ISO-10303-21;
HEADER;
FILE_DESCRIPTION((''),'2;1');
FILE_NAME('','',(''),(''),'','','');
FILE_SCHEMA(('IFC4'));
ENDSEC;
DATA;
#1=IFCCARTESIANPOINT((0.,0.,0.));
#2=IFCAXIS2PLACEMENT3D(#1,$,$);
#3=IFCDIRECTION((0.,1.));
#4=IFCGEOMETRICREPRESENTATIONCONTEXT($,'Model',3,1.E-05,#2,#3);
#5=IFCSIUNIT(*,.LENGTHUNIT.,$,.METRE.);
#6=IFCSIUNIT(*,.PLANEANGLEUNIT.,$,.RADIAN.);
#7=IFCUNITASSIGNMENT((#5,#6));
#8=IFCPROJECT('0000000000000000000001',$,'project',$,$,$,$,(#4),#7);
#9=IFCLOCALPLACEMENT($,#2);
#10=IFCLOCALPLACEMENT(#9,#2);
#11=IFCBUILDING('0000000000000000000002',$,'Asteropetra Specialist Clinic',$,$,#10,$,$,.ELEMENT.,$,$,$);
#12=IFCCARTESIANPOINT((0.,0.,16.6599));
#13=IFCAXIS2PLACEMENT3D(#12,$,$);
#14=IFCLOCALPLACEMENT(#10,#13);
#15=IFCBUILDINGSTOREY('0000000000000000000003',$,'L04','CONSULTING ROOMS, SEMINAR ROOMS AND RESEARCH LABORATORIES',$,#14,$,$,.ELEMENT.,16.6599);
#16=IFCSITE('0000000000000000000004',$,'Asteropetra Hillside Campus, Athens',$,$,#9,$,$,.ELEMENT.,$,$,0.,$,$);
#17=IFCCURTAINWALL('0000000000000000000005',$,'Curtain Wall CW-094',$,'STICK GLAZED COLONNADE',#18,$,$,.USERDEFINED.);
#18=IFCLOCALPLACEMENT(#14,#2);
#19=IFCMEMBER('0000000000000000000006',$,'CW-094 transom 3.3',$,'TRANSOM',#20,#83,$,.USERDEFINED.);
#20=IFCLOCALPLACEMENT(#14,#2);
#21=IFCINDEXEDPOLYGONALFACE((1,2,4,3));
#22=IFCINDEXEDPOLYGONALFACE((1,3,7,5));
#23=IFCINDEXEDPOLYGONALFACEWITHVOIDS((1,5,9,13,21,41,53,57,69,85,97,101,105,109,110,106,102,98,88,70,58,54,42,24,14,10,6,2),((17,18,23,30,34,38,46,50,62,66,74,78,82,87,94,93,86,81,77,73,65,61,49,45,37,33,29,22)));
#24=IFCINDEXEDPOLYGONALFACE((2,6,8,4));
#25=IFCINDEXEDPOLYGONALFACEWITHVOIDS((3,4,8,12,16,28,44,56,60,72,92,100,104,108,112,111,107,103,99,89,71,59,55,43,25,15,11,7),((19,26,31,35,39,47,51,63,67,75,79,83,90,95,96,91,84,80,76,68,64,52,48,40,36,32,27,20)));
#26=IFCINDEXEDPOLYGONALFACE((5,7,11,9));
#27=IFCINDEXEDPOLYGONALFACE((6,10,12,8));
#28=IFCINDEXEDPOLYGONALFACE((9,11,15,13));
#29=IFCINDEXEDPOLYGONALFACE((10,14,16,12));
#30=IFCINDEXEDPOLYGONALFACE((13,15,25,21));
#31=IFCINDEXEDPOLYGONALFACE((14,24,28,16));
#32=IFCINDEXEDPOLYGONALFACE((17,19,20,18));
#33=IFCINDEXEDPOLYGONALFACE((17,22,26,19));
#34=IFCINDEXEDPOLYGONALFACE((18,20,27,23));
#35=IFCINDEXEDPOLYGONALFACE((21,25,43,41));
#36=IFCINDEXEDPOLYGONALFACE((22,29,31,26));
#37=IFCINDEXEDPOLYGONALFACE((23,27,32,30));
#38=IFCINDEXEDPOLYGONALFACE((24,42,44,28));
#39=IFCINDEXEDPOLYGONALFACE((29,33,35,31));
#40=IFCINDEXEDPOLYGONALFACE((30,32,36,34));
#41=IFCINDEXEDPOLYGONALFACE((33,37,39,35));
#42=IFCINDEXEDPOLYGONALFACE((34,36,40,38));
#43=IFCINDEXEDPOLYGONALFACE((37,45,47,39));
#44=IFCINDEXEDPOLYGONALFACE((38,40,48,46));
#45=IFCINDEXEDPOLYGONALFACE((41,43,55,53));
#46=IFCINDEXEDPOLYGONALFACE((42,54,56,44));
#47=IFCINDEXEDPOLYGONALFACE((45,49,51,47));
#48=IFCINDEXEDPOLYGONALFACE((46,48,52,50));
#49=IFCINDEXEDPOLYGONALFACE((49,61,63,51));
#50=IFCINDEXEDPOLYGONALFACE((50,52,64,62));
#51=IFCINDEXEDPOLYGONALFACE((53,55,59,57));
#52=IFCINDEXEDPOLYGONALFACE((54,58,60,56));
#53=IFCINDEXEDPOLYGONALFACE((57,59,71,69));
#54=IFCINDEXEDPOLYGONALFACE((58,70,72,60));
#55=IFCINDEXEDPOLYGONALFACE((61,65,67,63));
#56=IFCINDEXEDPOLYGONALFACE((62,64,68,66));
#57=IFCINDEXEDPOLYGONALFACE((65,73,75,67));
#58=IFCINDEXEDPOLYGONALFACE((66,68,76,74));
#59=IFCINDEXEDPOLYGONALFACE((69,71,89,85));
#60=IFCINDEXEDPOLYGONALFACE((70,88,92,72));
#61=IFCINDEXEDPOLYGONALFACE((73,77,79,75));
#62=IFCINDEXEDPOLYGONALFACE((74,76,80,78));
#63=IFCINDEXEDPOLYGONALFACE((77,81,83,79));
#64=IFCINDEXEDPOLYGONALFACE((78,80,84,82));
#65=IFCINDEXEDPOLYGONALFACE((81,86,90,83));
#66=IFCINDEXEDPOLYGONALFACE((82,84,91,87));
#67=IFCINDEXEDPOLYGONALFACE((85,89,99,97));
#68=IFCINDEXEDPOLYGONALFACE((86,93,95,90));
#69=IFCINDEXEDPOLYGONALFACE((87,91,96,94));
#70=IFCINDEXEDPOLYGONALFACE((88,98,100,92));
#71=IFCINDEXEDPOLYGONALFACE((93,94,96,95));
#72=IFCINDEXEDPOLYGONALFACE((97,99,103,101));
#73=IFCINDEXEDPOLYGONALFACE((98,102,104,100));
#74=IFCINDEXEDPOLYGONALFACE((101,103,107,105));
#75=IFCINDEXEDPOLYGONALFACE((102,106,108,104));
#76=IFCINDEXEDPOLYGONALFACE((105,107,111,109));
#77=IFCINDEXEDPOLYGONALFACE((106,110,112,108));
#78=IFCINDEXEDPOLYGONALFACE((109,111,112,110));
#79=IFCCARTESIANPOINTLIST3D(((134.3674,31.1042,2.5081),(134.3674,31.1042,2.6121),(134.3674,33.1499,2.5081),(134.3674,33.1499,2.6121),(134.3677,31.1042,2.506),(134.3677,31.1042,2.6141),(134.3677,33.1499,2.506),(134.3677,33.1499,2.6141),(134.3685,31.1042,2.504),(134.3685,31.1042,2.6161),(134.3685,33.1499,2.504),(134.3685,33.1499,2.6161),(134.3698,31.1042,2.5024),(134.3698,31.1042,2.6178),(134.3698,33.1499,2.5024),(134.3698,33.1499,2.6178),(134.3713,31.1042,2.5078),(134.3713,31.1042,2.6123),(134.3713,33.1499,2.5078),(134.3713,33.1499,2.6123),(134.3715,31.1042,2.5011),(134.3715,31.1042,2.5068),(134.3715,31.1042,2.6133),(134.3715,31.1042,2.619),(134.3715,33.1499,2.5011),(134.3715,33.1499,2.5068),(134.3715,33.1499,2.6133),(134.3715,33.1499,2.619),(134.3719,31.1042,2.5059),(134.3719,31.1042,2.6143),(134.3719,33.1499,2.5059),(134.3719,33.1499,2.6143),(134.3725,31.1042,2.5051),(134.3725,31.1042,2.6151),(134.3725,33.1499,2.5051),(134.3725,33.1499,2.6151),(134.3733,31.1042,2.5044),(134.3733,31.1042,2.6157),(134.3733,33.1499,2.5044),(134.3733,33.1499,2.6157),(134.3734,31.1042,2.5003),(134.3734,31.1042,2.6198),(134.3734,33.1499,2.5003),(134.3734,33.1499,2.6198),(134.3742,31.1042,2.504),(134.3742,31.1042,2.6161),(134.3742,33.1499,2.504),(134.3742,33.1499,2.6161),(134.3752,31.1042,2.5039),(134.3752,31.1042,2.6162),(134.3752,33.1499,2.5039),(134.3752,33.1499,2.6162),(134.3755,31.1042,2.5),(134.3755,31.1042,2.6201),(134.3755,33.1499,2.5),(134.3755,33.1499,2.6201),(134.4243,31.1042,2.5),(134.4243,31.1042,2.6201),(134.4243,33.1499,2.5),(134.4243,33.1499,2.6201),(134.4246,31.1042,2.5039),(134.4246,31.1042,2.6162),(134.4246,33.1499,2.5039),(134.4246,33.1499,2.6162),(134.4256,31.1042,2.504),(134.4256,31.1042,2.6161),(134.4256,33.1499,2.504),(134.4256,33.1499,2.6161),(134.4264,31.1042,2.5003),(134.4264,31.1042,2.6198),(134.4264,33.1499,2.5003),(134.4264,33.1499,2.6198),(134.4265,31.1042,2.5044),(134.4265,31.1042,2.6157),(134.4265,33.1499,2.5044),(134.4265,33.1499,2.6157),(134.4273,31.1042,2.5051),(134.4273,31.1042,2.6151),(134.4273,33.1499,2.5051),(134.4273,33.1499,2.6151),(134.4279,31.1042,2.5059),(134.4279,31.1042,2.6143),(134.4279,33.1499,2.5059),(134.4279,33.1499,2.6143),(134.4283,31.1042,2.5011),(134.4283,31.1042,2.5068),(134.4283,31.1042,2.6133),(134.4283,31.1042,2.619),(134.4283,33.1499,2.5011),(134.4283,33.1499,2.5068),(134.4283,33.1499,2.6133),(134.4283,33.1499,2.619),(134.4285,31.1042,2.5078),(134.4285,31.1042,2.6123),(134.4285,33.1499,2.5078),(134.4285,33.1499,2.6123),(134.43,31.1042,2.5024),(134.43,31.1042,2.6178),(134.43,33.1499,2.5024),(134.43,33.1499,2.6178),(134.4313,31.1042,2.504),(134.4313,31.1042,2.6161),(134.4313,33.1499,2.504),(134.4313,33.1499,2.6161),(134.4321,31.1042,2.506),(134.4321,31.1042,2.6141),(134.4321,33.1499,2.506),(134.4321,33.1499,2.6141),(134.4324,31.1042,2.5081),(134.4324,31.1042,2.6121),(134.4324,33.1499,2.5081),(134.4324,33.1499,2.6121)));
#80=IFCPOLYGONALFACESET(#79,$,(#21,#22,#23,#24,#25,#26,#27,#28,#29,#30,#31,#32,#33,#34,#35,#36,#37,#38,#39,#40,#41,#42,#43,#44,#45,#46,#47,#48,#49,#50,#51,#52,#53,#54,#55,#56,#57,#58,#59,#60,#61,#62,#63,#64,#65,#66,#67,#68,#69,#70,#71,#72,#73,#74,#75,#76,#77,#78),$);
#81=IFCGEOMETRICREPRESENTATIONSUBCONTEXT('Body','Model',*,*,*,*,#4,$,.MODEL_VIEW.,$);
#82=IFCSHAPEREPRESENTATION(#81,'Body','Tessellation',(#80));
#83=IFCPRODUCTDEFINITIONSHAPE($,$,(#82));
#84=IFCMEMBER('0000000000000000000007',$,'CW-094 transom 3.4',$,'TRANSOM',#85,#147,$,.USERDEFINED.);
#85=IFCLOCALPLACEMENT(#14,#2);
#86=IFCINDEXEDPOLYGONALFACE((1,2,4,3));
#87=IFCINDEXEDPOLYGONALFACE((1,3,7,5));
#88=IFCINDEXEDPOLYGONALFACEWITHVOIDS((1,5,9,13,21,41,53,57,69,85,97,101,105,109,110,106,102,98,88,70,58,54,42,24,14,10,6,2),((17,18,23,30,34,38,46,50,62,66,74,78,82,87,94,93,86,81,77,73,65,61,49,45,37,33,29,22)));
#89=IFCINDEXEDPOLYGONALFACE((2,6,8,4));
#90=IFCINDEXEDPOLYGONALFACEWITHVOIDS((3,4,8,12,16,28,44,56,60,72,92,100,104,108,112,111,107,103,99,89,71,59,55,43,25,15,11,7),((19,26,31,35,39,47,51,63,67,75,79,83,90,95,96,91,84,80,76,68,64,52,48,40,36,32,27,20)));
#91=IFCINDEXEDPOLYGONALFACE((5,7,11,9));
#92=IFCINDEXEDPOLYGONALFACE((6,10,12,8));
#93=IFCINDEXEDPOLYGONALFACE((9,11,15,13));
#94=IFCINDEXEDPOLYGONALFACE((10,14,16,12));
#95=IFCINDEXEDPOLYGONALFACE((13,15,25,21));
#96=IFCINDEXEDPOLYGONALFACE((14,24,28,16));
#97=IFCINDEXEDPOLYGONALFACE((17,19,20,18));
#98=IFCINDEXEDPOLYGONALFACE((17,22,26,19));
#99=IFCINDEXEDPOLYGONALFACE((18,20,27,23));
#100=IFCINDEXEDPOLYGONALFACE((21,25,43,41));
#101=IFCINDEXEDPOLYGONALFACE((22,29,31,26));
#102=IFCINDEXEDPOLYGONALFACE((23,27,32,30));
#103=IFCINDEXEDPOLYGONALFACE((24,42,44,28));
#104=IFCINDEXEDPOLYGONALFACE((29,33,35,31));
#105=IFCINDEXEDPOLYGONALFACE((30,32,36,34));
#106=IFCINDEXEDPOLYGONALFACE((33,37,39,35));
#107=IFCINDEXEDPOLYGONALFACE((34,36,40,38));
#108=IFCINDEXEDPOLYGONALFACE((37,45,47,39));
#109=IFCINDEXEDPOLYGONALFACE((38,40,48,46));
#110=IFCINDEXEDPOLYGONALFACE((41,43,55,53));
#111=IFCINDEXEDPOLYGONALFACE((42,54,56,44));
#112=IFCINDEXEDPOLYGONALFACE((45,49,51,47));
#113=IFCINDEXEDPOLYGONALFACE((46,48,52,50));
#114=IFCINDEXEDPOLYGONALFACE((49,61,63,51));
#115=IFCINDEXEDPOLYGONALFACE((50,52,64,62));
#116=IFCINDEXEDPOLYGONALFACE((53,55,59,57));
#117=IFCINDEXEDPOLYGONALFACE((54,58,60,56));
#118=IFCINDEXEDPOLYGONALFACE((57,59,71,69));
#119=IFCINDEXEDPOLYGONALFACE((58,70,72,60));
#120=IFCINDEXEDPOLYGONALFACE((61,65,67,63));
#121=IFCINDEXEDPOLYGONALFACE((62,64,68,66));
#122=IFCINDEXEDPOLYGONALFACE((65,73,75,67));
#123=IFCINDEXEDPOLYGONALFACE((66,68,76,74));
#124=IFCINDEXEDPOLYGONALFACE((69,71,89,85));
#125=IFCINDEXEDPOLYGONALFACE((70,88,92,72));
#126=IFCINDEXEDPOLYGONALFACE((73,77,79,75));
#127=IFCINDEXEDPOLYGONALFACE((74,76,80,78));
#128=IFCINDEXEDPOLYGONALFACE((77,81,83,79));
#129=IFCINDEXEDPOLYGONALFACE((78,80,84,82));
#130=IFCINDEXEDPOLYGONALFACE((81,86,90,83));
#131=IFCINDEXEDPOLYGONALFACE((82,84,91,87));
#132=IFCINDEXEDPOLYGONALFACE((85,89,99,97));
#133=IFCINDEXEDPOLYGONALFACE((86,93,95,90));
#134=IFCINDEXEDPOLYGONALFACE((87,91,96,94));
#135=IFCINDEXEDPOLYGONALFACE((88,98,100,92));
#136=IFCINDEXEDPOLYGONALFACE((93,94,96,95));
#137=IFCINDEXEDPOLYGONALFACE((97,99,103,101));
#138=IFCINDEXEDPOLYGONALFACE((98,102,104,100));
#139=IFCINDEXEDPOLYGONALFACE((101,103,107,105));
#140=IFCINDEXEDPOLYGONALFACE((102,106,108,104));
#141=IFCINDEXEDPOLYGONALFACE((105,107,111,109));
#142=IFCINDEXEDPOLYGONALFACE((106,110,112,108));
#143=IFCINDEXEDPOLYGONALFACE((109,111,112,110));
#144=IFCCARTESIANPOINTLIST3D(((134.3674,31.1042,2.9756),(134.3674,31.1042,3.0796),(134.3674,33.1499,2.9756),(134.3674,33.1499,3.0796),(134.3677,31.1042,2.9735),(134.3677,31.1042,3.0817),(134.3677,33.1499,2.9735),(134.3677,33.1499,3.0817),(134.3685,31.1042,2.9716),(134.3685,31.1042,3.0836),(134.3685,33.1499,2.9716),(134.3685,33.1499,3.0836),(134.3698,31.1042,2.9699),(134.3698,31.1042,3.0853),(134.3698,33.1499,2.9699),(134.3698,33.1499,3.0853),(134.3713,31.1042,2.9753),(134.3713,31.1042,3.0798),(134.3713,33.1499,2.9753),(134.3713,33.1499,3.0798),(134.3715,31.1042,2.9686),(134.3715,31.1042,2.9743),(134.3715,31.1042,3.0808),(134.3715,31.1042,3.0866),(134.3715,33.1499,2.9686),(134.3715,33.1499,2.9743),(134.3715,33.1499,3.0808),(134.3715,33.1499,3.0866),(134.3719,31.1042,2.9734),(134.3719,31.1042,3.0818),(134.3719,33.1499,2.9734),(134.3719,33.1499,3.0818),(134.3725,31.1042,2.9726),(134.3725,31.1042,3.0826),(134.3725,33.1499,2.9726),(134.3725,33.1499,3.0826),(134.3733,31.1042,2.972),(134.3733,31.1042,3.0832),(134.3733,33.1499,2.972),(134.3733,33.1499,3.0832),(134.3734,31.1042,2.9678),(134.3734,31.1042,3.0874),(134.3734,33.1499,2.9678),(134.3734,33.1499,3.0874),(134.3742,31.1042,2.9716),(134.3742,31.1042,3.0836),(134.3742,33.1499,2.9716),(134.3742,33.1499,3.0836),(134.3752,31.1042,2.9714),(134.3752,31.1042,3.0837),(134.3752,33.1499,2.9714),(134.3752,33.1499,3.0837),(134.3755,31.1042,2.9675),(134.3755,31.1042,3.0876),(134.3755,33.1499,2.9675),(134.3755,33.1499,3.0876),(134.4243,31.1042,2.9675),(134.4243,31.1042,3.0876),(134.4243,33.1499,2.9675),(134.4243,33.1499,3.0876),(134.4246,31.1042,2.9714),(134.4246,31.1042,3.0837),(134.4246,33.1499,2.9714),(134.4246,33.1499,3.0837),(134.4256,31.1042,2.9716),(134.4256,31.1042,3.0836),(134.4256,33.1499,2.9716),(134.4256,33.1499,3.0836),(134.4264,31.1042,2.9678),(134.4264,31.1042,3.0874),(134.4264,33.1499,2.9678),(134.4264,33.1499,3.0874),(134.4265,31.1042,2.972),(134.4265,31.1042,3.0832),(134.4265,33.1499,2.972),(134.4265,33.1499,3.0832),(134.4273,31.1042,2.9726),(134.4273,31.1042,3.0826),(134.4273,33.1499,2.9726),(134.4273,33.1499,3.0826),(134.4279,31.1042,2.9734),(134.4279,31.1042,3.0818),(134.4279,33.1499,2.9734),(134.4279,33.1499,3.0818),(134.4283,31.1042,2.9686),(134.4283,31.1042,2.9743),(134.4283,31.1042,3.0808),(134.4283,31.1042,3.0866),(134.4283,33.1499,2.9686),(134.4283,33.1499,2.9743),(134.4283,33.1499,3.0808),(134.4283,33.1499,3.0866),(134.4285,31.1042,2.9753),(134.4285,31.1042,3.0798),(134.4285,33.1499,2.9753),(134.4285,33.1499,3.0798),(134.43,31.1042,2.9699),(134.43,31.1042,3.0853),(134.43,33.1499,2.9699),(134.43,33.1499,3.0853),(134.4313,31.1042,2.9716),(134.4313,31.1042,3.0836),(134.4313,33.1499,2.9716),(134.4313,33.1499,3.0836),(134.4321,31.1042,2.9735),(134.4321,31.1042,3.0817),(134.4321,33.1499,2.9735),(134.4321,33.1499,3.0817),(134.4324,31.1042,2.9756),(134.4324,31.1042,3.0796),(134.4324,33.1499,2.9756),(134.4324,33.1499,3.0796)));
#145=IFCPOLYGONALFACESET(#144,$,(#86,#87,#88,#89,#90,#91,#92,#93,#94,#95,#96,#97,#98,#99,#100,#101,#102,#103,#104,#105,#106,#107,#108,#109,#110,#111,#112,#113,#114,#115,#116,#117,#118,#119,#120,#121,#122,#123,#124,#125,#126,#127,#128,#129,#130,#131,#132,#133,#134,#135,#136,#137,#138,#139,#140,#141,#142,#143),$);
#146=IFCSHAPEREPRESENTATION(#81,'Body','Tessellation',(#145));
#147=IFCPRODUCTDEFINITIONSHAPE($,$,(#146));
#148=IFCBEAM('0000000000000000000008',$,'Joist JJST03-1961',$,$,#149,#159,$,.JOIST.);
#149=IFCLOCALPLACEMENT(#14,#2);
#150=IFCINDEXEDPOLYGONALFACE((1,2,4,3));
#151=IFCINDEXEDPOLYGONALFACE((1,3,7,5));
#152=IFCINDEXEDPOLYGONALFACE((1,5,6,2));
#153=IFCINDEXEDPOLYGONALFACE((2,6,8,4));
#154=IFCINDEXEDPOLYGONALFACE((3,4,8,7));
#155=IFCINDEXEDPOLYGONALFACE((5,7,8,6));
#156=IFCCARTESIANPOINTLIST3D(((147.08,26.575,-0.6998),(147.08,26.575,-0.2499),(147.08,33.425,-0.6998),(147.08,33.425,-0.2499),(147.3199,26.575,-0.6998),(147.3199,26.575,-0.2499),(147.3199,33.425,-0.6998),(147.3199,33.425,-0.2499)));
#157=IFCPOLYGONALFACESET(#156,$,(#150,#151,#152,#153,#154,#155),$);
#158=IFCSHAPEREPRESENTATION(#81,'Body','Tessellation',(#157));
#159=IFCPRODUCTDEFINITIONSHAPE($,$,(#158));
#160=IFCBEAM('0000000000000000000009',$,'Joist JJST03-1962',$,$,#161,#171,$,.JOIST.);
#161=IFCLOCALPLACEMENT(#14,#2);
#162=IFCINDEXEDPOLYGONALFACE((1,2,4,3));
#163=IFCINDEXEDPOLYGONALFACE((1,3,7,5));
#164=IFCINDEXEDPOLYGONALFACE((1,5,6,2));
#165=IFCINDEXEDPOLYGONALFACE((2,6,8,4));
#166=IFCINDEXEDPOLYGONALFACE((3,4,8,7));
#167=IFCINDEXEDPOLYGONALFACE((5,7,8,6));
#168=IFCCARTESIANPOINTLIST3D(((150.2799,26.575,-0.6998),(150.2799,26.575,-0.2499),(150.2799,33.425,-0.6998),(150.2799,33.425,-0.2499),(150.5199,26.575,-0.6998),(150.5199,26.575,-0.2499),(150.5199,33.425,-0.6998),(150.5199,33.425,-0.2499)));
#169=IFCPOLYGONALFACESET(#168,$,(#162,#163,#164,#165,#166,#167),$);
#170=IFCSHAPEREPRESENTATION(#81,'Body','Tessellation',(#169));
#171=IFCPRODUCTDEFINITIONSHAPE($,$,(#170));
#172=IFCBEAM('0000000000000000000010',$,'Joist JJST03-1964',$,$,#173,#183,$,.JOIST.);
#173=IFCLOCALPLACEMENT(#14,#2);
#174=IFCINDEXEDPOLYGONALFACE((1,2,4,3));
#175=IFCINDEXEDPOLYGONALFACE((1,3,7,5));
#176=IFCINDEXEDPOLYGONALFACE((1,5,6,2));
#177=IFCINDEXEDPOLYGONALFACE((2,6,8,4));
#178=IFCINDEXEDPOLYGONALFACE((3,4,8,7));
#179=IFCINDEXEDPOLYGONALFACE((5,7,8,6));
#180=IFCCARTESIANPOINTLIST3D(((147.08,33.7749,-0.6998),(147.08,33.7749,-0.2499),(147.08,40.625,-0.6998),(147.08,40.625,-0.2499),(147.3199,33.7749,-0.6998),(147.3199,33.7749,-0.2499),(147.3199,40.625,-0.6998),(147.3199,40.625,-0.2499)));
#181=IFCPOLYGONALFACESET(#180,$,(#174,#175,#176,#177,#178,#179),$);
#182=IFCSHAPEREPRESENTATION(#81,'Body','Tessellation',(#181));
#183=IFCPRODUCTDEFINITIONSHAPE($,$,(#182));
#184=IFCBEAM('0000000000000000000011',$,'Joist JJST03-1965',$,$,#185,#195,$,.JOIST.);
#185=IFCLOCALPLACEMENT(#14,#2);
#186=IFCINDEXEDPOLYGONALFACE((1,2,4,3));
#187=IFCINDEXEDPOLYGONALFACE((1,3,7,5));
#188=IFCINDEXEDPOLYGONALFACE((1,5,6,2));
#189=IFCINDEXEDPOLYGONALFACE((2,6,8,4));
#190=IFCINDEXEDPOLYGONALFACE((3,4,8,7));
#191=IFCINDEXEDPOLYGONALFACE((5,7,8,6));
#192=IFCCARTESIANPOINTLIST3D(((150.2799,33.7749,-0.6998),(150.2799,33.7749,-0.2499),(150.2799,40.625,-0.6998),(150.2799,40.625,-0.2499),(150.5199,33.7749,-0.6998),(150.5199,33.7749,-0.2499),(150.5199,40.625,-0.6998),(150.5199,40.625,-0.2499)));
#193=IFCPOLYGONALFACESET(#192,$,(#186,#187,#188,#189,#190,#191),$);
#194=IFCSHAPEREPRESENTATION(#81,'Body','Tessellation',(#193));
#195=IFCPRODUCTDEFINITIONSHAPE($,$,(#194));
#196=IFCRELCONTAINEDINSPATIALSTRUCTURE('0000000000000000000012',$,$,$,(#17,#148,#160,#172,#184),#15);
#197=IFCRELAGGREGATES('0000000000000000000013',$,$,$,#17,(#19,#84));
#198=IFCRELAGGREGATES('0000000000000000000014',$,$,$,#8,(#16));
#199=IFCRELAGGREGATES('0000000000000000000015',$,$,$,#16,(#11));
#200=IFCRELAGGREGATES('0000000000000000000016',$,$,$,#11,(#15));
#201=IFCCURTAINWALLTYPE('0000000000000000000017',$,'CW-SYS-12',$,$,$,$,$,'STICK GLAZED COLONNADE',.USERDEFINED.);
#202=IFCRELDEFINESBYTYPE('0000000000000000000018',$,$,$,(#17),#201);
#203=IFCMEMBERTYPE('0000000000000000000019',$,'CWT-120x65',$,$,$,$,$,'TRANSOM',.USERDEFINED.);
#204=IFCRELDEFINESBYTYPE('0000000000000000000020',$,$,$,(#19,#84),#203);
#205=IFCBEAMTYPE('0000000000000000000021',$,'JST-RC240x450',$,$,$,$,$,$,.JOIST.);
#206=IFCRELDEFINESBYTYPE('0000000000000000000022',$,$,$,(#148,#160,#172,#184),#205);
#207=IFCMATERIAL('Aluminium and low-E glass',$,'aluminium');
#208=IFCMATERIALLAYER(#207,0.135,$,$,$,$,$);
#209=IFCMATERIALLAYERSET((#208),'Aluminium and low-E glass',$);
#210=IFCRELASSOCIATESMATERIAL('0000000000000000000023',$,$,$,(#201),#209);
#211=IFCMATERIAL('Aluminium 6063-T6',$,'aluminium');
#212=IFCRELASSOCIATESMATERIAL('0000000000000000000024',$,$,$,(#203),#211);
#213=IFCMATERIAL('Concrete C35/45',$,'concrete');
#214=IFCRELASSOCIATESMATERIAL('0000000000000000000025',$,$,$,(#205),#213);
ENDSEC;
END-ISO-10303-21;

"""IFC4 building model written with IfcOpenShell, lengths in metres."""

from ifc_helpers import new_model, si_unit, direction, frame, origin, origin_2d, place, context, subcontext, project, spatial, rectangle, hollow_rectangle, extrude, material, layer, layer_set, material_profile, profile_set, type_object, element, aggregate, save


model = new_model("IFC4")

# Units and contexts
model_context = context("Model", 3, precision=1e-05, world=origin(), true_north=direction((0.0, 1.0)))
body_context = subcontext(model_context, "Body", "Model", "MODEL_VIEW")
ifc_project = project(units=[si_unit("LENGTHUNIT", "METRE"), si_unit("PLANEANGLEUNIT", "RADIAN")], contexts=[model_context])

# Site, building, storey
site_placement = place(None, origin())
site = spatial("IfcSite", under=ifc_project, at=site_placement, Name="Asteropetra Hillside Campus, Athens", CompositionType="ELEMENT", RefElevation=0.0)
building_placement = place(site_placement, origin())
building = spatial("IfcBuilding", under=site, at=building_placement, Name="Asteropetra Specialist Clinic", CompositionType="ELEMENT")
storey_placement = place(building_placement, frame((0.0, 0.0, 16.6599)))
storey = spatial("IfcBuildingStorey", under=building, at=storey_placement, Name="L04", Description="CONSULTING ROOMS, SEMINAR ROOMS AND RESEARCH LABORATORIES", CompositionType="ELEMENT", Elevation=16.6599)

# Curtain wall, members
ifc_material_1 = material(Name="Aluminium and low-E glass", Category="aluminium")
ifc_layer_1 = layer(ifc_material_1, 0.135)
ifc_layer_set_1 = layer_set([ifc_layer_1], Name="Aluminium and low-E glass")
curtain_wall_type = type_object("IfcCurtainWallType", Name="CW-SYS-12", ElementType="STICK GLAZED COLONNADE", PredefinedType="USERDEFINED", material=ifc_layer_set_1)
curtain_wall_placement = place(storey_placement, origin())
curtain_wall = element("IfcCurtainWall", 1, at=curtain_wall_placement, inside=storey, type_object=curtain_wall_type, Name="Curtain Wall CW-094", ObjectType="STICK GLAZED COLONNADE", PredefinedType="USERDEFINED")
ifc_material_2 = material(Name="Aluminium 6063-T6", Category="aluminium")
ifc_material_profile_1 = material_profile(ifc_material_2, hollow_rectangle(XDim=0.0649, YDim=0.1201, WallThickness=0.0039, InnerFilletRadius=0.0039, OuterFilletRadius=0.0081, at=origin_2d()), Name="TRN 120x65x4.0")
ifc_profile_set_1 = profile_set([ifc_material_profile_1], Name="Aluminium 6063-T6")
member_type_1 = type_object("IfcMemberType", Name="CWT-120x65", ElementType="TRANSOM", PredefinedType="USERDEFINED", material=ifc_profile_set_1)
member_1_placement = place(storey_placement, frame((134.3999, 31.1042, 2.5601), z_axis=(0.0, 1.0, 0.0), x_axis=(-1.0, 0.0, 0.0)))
member_1 = element("IfcMember", 2, at=member_1_placement, type_object=member_type_1, Name="CW-094 transom 3.3", ObjectType="TRANSOM", PredefinedType="USERDEFINED", context=body_context, shape_type="SweptSolid", body=[
    extrude(hollow_rectangle(XDim=0.0649, YDim=0.1201, WallThickness=0.0039, InnerFilletRadius=0.0039, OuterFilletRadius=0.0081, at=origin_2d()), origin(), (0.0, 0.0, 1.0), 2.0457),
])
member_2_placement = place(storey_placement, frame((134.3999, 31.1042, 3.0276), z_axis=(0.0, 1.0, 0.0), x_axis=(-1.0, 0.0, 0.0)))
member_2 = element("IfcMember", 3, at=member_2_placement, type_object=member_type_1, Name="CW-094 transom 3.4", ObjectType="TRANSOM", PredefinedType="USERDEFINED", context=body_context, shape_type="SweptSolid", body=[
    extrude(hollow_rectangle(XDim=0.0649, YDim=0.1201, WallThickness=0.0039, InnerFilletRadius=0.0039, OuterFilletRadius=0.0081, at=origin_2d()), origin(), (0.0, 0.0, 1.0), 2.0457),
])

# Beams
ifc_material_3 = material(Name="Concrete C35/45", Category="concrete")
ifc_material_profile_2 = material_profile(ifc_material_3, rectangle(XDim=0.24, YDim=0.45, at=origin_2d()), Name="RCJ 240x450")
ifc_profile_set_2 = profile_set([ifc_material_profile_2], Name="Concrete C35/45")
beam_type_1 = type_object("IfcBeamType", Name="JST-RC240x450", PredefinedType="JOIST", material=ifc_profile_set_2)
for number, where, z_axis, x_axis, name in (
    (4, (147.2, 26.575, -0.4749), (0.0, 1.0, 0.0), (-1.0, 0.0, 0.0), "Joist JJST03-1961"),
    (5, (150.3999, 26.575, -0.4749), (0.0, 1.0, 0.0), (-1.0, 0.0, 0.0), "Joist JJST03-1962"),
    (6, (147.2, 33.7749, -0.4749), (0.0, 1.0, 0.0), (-1.0, 0.0, 0.0), "Joist JJST03-1964"),
    (7, (150.3999, 33.7749, -0.4749), (0.0, 1.0, 0.0), (-1.0, 0.0, 0.0), "Joist JJST03-1965"),
):
    element("IfcBeam", number, at=place(storey_placement, frame(where, z_axis=z_axis, x_axis=x_axis)), inside=storey, type_object=beam_type_1, Name=name, PredefinedType="JOIST", context=body_context, shape_type="SweptSolid", body=[
        extrude(rectangle(XDim=0.24, YDim=0.45, at=origin_2d()), origin(), (0.0, 0.0, 1.0), 6.8501),
    ])

aggregate(curtain_wall, [member_1, member_2])

save(model, "model.ifc")
